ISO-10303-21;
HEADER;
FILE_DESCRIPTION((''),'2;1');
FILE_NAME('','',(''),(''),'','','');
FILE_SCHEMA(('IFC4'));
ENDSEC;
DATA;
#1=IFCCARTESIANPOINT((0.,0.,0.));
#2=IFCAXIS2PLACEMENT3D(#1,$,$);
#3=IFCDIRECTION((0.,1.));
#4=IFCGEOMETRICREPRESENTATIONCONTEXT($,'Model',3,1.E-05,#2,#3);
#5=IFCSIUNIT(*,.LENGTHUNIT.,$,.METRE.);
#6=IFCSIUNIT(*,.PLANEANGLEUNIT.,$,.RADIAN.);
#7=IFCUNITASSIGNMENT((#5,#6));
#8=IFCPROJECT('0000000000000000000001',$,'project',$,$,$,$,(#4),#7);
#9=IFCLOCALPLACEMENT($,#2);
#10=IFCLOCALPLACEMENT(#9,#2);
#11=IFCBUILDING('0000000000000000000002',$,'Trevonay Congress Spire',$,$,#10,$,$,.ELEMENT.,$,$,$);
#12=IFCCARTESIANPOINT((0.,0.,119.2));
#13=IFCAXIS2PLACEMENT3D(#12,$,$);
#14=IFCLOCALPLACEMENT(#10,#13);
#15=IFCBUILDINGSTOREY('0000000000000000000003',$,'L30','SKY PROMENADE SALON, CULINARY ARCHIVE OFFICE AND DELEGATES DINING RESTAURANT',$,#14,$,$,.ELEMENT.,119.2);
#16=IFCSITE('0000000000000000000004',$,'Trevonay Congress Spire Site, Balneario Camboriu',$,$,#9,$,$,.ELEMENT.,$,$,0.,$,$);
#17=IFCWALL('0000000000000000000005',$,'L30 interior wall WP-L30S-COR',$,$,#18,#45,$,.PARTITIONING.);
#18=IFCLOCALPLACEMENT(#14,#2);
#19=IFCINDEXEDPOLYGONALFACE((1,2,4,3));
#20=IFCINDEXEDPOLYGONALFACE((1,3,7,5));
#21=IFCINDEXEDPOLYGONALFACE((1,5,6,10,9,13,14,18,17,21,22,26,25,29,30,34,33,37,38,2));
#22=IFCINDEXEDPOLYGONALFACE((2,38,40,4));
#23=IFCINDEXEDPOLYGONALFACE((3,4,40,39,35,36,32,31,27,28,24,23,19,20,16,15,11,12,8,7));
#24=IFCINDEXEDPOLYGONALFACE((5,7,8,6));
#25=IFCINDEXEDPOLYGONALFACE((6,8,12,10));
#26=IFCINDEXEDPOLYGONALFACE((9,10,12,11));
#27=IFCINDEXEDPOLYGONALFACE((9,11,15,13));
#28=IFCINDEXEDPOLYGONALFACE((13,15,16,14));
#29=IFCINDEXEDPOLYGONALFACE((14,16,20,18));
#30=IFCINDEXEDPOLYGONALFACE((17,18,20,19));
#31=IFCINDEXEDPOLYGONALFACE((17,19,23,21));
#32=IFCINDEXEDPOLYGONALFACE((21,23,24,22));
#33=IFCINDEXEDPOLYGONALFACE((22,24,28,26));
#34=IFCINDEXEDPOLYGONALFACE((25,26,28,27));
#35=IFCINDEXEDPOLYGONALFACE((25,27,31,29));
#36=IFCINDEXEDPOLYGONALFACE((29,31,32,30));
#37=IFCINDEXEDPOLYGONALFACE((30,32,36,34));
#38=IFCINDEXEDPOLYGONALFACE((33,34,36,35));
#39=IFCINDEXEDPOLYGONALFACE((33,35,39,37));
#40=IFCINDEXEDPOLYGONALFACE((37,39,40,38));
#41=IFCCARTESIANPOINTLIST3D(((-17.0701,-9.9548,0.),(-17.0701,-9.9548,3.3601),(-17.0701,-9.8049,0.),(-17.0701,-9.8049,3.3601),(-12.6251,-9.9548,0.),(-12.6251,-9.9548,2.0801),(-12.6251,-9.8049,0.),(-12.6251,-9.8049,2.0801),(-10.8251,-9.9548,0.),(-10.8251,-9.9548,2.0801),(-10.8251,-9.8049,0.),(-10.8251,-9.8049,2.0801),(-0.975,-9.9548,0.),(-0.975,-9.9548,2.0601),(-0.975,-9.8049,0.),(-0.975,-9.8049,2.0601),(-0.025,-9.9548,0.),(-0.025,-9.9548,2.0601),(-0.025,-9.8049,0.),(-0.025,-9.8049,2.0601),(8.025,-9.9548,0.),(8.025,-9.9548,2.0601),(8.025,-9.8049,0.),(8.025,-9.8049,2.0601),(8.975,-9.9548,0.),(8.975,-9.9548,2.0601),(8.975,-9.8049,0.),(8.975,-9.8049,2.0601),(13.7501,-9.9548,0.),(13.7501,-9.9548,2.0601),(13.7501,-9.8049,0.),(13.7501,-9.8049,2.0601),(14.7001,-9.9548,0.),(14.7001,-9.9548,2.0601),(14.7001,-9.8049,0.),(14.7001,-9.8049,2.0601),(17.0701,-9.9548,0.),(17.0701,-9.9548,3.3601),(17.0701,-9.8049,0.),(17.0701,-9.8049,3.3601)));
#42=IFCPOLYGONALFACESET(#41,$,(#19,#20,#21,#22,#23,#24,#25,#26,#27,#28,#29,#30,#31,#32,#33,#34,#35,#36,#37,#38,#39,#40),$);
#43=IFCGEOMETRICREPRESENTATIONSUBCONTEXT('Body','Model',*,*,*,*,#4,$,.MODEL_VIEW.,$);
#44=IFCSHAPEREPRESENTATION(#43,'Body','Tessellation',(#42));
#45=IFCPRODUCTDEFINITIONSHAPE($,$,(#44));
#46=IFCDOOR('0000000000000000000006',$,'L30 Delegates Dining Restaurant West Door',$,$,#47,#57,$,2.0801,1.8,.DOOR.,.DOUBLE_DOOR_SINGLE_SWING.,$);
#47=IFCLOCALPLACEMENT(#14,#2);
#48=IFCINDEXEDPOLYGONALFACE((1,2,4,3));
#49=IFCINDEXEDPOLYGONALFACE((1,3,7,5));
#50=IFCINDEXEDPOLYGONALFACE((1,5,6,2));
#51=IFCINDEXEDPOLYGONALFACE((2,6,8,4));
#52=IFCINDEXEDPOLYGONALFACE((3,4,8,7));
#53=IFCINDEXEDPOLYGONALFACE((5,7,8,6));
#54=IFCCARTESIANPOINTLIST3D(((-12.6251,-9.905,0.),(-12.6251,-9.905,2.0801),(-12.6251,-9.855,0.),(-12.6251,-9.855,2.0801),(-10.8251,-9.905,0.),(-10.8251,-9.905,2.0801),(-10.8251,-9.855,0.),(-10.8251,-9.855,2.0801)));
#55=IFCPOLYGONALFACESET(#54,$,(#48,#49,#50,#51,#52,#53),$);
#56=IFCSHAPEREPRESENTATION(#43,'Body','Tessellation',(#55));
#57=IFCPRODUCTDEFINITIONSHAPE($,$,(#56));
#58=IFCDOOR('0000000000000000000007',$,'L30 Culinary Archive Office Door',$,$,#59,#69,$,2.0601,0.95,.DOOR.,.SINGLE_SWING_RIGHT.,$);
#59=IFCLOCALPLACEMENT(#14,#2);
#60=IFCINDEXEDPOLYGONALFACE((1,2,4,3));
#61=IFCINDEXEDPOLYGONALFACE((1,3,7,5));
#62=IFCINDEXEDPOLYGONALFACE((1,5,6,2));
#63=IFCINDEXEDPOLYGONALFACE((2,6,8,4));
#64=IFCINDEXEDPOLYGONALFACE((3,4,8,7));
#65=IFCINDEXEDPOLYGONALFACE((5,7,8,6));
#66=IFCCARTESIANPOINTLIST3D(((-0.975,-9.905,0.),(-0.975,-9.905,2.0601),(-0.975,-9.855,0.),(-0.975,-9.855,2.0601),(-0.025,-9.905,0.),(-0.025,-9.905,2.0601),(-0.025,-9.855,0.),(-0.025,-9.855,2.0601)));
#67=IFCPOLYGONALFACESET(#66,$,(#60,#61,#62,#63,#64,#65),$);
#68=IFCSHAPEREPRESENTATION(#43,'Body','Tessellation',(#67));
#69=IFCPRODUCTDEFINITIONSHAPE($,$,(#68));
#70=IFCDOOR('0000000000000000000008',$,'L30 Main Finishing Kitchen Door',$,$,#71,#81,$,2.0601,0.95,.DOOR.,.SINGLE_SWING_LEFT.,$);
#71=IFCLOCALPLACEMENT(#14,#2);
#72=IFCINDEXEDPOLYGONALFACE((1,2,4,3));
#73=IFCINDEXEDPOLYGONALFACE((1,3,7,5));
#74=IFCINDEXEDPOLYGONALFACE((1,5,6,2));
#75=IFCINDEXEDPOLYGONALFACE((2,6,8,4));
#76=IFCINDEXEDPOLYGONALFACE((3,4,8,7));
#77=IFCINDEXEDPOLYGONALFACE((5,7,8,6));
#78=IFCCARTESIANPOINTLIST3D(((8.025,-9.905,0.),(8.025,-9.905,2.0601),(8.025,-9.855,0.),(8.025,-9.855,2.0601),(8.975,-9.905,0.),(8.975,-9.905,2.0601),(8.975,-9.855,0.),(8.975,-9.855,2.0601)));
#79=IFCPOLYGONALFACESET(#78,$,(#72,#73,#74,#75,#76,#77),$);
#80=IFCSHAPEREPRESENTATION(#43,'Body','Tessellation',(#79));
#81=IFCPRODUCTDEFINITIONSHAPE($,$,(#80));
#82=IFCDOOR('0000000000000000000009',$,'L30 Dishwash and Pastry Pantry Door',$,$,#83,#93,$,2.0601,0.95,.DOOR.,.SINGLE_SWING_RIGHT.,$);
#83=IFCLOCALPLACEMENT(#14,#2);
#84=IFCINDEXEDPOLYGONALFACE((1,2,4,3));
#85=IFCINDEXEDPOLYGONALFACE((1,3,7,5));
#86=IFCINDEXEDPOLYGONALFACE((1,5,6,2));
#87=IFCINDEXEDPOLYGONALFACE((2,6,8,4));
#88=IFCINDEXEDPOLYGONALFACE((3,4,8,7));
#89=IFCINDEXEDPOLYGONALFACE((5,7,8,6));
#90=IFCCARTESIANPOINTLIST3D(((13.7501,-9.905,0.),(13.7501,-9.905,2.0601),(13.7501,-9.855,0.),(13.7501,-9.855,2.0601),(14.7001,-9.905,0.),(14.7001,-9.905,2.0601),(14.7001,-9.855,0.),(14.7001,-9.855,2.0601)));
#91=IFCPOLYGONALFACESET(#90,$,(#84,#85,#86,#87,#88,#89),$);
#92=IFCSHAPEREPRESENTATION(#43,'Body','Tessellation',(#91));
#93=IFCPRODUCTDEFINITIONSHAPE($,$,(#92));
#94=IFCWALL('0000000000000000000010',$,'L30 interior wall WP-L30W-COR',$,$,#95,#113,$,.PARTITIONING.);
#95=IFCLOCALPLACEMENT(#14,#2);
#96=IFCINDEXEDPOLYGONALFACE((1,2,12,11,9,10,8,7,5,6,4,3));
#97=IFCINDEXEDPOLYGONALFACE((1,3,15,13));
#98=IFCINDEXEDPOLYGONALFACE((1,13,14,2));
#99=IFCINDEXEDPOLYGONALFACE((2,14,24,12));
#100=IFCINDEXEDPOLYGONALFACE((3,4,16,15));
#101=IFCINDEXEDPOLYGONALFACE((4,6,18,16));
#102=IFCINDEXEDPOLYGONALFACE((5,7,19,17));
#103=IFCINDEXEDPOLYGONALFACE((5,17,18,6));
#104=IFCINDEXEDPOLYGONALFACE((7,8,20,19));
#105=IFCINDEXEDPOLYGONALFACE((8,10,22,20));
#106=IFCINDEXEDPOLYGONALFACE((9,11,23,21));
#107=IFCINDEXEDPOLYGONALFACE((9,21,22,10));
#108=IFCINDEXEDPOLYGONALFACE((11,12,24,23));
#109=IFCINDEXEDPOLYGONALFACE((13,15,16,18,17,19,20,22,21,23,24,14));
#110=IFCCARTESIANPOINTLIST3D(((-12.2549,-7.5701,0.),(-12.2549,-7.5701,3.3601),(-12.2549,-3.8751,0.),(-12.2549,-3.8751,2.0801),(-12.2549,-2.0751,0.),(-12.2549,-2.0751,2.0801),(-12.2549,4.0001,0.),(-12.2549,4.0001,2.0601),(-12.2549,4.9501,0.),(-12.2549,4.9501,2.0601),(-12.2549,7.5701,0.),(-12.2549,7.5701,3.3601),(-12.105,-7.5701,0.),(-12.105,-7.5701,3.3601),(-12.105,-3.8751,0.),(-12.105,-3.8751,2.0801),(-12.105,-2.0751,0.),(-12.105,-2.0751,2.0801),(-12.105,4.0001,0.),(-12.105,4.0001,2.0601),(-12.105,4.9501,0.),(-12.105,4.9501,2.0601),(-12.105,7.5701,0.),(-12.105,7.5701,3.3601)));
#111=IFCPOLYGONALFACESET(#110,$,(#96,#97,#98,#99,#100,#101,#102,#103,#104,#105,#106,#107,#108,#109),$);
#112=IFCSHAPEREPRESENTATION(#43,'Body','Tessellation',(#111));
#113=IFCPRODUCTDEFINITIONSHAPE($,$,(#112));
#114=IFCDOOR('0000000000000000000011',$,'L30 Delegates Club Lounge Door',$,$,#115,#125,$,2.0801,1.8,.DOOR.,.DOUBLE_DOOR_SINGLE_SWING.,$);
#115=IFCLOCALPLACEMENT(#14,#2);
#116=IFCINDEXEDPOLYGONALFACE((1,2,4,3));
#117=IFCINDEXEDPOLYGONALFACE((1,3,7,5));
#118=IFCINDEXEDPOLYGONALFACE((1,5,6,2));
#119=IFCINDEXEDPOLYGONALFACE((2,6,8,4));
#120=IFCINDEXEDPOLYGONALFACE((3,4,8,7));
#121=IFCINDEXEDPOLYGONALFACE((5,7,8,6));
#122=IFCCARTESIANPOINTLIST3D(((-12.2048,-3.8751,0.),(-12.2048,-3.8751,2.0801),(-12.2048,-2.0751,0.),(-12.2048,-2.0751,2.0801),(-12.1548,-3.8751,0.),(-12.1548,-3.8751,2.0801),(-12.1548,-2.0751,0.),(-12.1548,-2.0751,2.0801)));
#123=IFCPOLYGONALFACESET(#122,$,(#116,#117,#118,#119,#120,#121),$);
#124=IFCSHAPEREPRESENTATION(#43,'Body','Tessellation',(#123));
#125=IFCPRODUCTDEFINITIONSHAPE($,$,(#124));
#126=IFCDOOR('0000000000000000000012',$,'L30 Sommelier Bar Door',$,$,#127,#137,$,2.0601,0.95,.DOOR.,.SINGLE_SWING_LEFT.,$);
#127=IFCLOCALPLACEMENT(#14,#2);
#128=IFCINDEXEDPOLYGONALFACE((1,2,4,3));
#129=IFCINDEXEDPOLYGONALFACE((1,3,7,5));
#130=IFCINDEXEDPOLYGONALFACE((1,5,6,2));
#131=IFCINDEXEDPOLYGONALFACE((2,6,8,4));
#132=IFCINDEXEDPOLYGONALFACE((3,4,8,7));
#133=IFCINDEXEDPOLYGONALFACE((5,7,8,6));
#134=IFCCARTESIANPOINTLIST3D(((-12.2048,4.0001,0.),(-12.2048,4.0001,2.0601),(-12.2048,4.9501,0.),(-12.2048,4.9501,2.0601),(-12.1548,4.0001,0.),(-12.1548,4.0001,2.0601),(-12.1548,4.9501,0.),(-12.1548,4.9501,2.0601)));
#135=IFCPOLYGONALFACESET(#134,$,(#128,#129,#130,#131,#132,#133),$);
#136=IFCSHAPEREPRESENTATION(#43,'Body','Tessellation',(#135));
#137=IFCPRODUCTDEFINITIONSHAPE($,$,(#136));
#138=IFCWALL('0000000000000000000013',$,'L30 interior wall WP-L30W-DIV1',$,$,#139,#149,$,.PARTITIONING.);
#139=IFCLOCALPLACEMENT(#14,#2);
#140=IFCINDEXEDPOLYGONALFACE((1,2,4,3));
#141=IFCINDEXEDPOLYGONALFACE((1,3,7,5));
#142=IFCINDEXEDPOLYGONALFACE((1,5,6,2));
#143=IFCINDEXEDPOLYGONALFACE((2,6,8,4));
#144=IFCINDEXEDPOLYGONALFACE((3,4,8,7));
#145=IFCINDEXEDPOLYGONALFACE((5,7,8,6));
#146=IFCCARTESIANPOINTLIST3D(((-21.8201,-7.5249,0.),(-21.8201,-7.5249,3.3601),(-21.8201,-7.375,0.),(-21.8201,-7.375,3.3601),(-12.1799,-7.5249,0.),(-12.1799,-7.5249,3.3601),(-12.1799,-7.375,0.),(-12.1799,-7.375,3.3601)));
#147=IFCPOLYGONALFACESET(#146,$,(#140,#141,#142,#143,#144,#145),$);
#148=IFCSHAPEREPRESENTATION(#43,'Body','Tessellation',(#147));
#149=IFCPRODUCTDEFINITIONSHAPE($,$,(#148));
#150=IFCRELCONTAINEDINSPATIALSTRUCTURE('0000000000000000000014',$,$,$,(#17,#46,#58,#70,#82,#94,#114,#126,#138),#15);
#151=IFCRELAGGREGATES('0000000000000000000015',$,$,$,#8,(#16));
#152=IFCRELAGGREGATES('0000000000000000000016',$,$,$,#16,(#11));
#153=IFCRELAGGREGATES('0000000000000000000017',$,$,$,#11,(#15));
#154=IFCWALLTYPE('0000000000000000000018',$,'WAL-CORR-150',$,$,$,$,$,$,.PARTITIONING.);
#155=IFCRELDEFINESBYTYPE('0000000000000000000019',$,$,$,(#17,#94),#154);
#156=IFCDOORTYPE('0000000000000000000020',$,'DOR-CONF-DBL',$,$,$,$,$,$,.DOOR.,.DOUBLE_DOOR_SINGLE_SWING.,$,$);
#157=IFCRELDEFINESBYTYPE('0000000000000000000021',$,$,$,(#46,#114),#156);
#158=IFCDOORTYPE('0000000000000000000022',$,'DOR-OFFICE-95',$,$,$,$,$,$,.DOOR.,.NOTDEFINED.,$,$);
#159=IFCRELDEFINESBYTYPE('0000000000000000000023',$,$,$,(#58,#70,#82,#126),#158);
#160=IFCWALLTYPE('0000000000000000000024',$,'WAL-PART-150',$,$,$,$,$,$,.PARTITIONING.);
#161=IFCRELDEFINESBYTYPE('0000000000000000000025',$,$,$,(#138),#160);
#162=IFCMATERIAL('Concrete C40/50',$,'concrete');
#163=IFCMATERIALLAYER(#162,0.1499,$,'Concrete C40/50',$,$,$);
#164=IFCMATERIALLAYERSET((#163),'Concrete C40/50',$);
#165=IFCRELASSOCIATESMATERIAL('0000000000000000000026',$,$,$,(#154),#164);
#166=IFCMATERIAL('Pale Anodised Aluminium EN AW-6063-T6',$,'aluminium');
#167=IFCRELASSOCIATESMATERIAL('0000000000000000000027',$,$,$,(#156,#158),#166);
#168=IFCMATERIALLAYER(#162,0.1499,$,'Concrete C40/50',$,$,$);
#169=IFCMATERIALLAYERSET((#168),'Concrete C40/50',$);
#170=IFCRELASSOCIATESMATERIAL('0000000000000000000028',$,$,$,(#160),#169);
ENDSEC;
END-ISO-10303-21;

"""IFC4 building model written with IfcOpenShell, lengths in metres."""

from ifc_helpers import new_model, si_unit, direction, frame, frame_2d, origin, place, context, subcontext, project, spatial, rectangle, extrude, material, layer, layer_set, type_object, element, fill, save


model = new_model("IFC4")

# Units and contexts
model_context = context("Model", 3, precision=1e-05, world=origin(), true_north=direction((0.0, 1.0)))
body_context = subcontext(model_context, "Body", "Model", "MODEL_VIEW")
ifc_project = project(units=[si_unit("LENGTHUNIT", "METRE"), si_unit("PLANEANGLEUNIT", "RADIAN")], contexts=[model_context])

# Site, building, storey
site_placement = place(None, origin())
site = spatial("IfcSite", under=ifc_project, at=site_placement, Name="Trevonay Congress Spire Site, Balneario Camboriu", CompositionType="ELEMENT", RefElevation=0.0)
building_placement = place(site_placement, origin())
building = spatial("IfcBuilding", under=site, at=building_placement, Name="Trevonay Congress Spire", CompositionType="ELEMENT")
storey_placement = place(building_placement, frame((0.0, 0.0, 119.2)))
storey = spatial("IfcBuildingStorey", under=building, at=storey_placement, Name="L30", Description="SKY PROMENADE SALON, CULINARY ARCHIVE OFFICE AND DELEGATES DINING RESTAURANT", CompositionType="ELEMENT", Elevation=119.2)

# Shared definitions
ifc_material_1 = material(Name="Pale Anodised Aluminium EN AW-6063-T6", Category="aluminium")

# Walls, openings, doors
ifc_material_2 = material(Name="Concrete C40/50", Category="concrete")
ifc_layer_1 = layer(ifc_material_2, 0.1499, Name="Concrete C40/50")
ifc_layer_set_1 = layer_set([ifc_layer_1], Name="Concrete C40/50")
wall_type_1 = type_object("IfcWallType", Name="WAL-CORR-150", PredefinedType="PARTITIONING", material=ifc_layer_set_1)
wall_1_placement = place(storey_placement, frame((-17.0701, -9.8799, 0.0), z_axis=(0.0, 0.0, 1.0), x_axis=(1.0, 0.0, 0.0)))
wall_1 = element("IfcWall", 1, at=wall_1_placement, inside=storey, type_object=wall_type_1, Name="L30 interior wall WP-L30S-COR", PredefinedType="PARTITIONING", context=body_context, shape_type="SweptSolid", body=[
    extrude(rectangle(XDim=34.1401, YDim=0.1499, at=frame_2d((17.0701, 0.0))), origin(), (0.0, 0.0, 1.0), 3.3601),
])
opening_1_placement = place(wall_1_placement, frame((4.4451, 0.0, 0.0)))
opening_1 = element("IfcOpeningElement", 2, at=opening_1_placement, cuts=wall_1, PredefinedType="OPENING", context=body_context, shape_type="SweptSolid", body=[
    extrude(rectangle(XDim=1.8, YDim=2.0801, at=frame_2d((0.8999, 1.04))), frame((0.0, 0.085, 0.0), z_axis=(0.0, -1.0, 0.0), x_axis=(1.0, 0.0, 0.0)), (0.0, 0.0, 1.0), 0.1699),
])
opening_2_placement = place(wall_1_placement, frame((16.095, 0.0, 0.0)))
opening_2 = element("IfcOpeningElement", 3, at=opening_2_placement, cuts=wall_1, PredefinedType="OPENING", context=body_context, shape_type="SweptSolid", body=[
    extrude(rectangle(XDim=0.95, YDim=2.0601, at=frame_2d((0.4751, 1.03))), frame((0.0, 0.085, 0.0), z_axis=(0.0, -1.0, 0.0), x_axis=(1.0, 0.0, 0.0)), (0.0, 0.0, 1.0), 0.1699),
])
opening_3_placement = place(wall_1_placement, frame((25.095, 0.0, 0.0)))
opening_3 = element("IfcOpeningElement", 4, at=opening_3_placement, cuts=wall_1, PredefinedType="OPENING", context=body_context, shape_type="SweptSolid", body=[
    extrude(rectangle(XDim=0.95, YDim=2.0601, at=frame_2d((0.4751, 1.03))), frame((0.0, 0.085, 0.0), z_axis=(0.0, -1.0, 0.0), x_axis=(1.0, 0.0, 0.0)), (0.0, 0.0, 1.0), 0.1699),
])
opening_4_placement = place(wall_1_placement, frame((30.8201, 0.0, 0.0)))
opening_4 = element("IfcOpeningElement", 5, at=opening_4_placement, cuts=wall_1, PredefinedType="OPENING", context=body_context, shape_type="SweptSolid", body=[
    extrude(rectangle(XDim=0.95, YDim=2.0601, at=frame_2d((0.4751, 1.03))), frame((0.0, 0.085, 0.0), z_axis=(0.0, -1.0, 0.0), x_axis=(1.0, 0.0, 0.0)), (0.0, 0.0, 1.0), 0.1699),
])
door_type_1 = type_object("IfcDoorType", Name="DOR-CONF-DBL", OperationType="DOUBLE_DOOR_SINGLE_SWING", PredefinedType="DOOR", material=ifc_material_1)
door_1_placement = place(opening_1_placement, origin())
door_1 = element("IfcDoor", 6, at=door_1_placement, inside=storey, type_object=door_type_1, Name="L30 Delegates Dining Restaurant West Door", OperationType="DOUBLE_DOOR_SINGLE_SWING", OverallHeight=2.0801, OverallWidth=1.8, PredefinedType="DOOR", context=body_context, shape_type="SweptSolid", body=[
    extrude(rectangle(XDim=1.8, YDim=2.0801, at=frame_2d((0.8999, 1.04))), frame((0.0, 0.0249, 0.0), z_axis=(0.0, -1.0, 0.0), x_axis=(1.0, 0.0, 0.0)), (0.0, 0.0, 1.0), 0.05),
])
fill(opening_1, door_1)
door_type_2 = type_object("IfcDoorType", Name="DOR-OFFICE-95", OperationType="NOTDEFINED", PredefinedType="DOOR", material=ifc_material_1)
door_2_placement = place(opening_2_placement, origin())
door_2 = element("IfcDoor", 7, at=door_2_placement, inside=storey, type_object=door_type_2, Name="L30 Culinary Archive Office Door", OperationType="SINGLE_SWING_RIGHT", OverallHeight=2.0601, OverallWidth=0.95, PredefinedType="DOOR", context=body_context, shape_type="SweptSolid", body=[
    extrude(rectangle(XDim=0.95, YDim=2.0601, at=frame_2d((0.4751, 1.03))), frame((0.0, 0.0249, 0.0), z_axis=(0.0, -1.0, 0.0), x_axis=(1.0, 0.0, 0.0)), (0.0, 0.0, 1.0), 0.05),
])
fill(opening_2, door_2)
door_3_placement = place(opening_3_placement, origin())
door_3 = element("IfcDoor", 8, at=door_3_placement, inside=storey, type_object=door_type_2, Name="L30 Main Finishing Kitchen Door", OperationType="SINGLE_SWING_LEFT", OverallHeight=2.0601, OverallWidth=0.95, PredefinedType="DOOR", context=body_context, shape_type="SweptSolid", body=[
    extrude(rectangle(XDim=0.95, YDim=2.0601, at=frame_2d((0.4751, 1.03))), frame((0.0, 0.0249, 0.0), z_axis=(0.0, -1.0, 0.0), x_axis=(1.0, 0.0, 0.0)), (0.0, 0.0, 1.0), 0.05),
])
fill(opening_3, door_3)
door_4_placement = place(opening_4_placement, origin())
door_4 = element("IfcDoor", 9, at=door_4_placement, inside=storey, type_object=door_type_2, Name="L30 Dishwash and Pastry Pantry Door", OperationType="SINGLE_SWING_RIGHT", OverallHeight=2.0601, OverallWidth=0.95, PredefinedType="DOOR", context=body_context, shape_type="SweptSolid", body=[
    extrude(rectangle(XDim=0.95, YDim=2.0601, at=frame_2d((0.4751, 1.03))), frame((0.0, 0.0249, 0.0), z_axis=(0.0, -1.0, 0.0), x_axis=(1.0, 0.0, 0.0)), (0.0, 0.0, 1.0), 0.05),
])
fill(opening_4, door_4)
wall_2_placement = place(storey_placement, frame((-12.1799, -7.5701, 0.0), z_axis=(0.0, 0.0, 1.0), x_axis=(0.0, 1.0, 0.0)))
wall_2 = element("IfcWall", 10, at=wall_2_placement, inside=storey, type_object=wall_type_1, Name="L30 interior wall WP-L30W-COR", PredefinedType="PARTITIONING", context=body_context, shape_type="SweptSolid", body=[
    extrude(rectangle(XDim=15.1401, YDim=0.1499, at=frame_2d((7.5701, 0.0))), origin(), (0.0, 0.0, 1.0), 3.3601),
])
opening_5_placement = place(wall_2_placement, frame((3.6951, 0.0, 0.0)))
opening_5 = element("IfcOpeningElement", 11, at=opening_5_placement, cuts=wall_2, PredefinedType="OPENING", context=body_context, shape_type="SweptSolid", body=[
    extrude(rectangle(XDim=1.8, YDim=2.0801, at=frame_2d((0.8999, 1.04))), frame((0.0, 0.085, 0.0), z_axis=(0.0, -1.0, 0.0), x_axis=(1.0, 0.0, 0.0)), (0.0, 0.0, 1.0), 0.1699),
])
opening_6_placement = place(wall_2_placement, frame((11.5701, 0.0, 0.0)))
opening_6 = element("IfcOpeningElement", 12, at=opening_6_placement, cuts=wall_2, PredefinedType="OPENING", context=body_context, shape_type="SweptSolid", body=[
    extrude(rectangle(XDim=0.95, YDim=2.0601, at=frame_2d((0.4751, 1.03))), frame((0.0, 0.085, 0.0), z_axis=(0.0, -1.0, 0.0), x_axis=(1.0, 0.0, 0.0)), (0.0, 0.0, 1.0), 0.1699),
])
door_5_placement = place(opening_5_placement, origin())
door_5 = element("IfcDoor", 13, at=door_5_placement, inside=storey, type_object=door_type_1, Name="L30 Delegates Club Lounge Door", OperationType="DOUBLE_DOOR_SINGLE_SWING", OverallHeight=2.0801, OverallWidth=1.8, PredefinedType="DOOR", context=body_context, shape_type="SweptSolid", body=[
    extrude(rectangle(XDim=1.8, YDim=2.0801, at=frame_2d((0.8999, 1.04))), frame((0.0, 0.0249, 0.0), z_axis=(0.0, -1.0, 0.0), x_axis=(1.0, 0.0, 0.0)), (0.0, 0.0, 1.0), 0.05),
])
fill(opening_5, door_5)
door_6_placement = place(opening_6_placement, origin())
door_6 = element("IfcDoor", 14, at=door_6_placement, inside=storey, type_object=door_type_2, Name="L30 Sommelier Bar Door", OperationType="SINGLE_SWING_LEFT", OverallHeight=2.0601, OverallWidth=0.95, PredefinedType="DOOR", context=body_context, shape_type="SweptSolid", body=[
    extrude(rectangle(XDim=0.95, YDim=2.0601, at=frame_2d((0.4751, 1.03))), frame((0.0, 0.0249, 0.0), z_axis=(0.0, -1.0, 0.0), x_axis=(1.0, 0.0, 0.0)), (0.0, 0.0, 1.0), 0.05),
])
fill(opening_6, door_6)

# Wall
ifc_layer_2 = layer(ifc_material_2, 0.1499, Name="Concrete C40/50")
ifc_layer_set_2 = layer_set([ifc_layer_2], Name="Concrete C40/50")
wall_type_2 = type_object("IfcWallType", Name="WAL-PART-150", PredefinedType="PARTITIONING", material=ifc_layer_set_2)
wall_3_placement = place(storey_placement, frame((-21.8201, -7.45, 0.0), z_axis=(0.0, 0.0, 1.0), x_axis=(1.0, 0.0, 0.0)))
element("IfcWall", 15, at=wall_3_placement, inside=storey, type_object=wall_type_2, Name="L30 interior wall WP-L30W-DIV1", PredefinedType="PARTITIONING", context=body_context, shape_type="SweptSolid", body=[
    extrude(rectangle(XDim=9.6401, YDim=0.1499, at=frame_2d((4.8201, 0.0))), origin(), (0.0, 0.0, 1.0), 3.3601),
])

save(model, "model.ifc")
